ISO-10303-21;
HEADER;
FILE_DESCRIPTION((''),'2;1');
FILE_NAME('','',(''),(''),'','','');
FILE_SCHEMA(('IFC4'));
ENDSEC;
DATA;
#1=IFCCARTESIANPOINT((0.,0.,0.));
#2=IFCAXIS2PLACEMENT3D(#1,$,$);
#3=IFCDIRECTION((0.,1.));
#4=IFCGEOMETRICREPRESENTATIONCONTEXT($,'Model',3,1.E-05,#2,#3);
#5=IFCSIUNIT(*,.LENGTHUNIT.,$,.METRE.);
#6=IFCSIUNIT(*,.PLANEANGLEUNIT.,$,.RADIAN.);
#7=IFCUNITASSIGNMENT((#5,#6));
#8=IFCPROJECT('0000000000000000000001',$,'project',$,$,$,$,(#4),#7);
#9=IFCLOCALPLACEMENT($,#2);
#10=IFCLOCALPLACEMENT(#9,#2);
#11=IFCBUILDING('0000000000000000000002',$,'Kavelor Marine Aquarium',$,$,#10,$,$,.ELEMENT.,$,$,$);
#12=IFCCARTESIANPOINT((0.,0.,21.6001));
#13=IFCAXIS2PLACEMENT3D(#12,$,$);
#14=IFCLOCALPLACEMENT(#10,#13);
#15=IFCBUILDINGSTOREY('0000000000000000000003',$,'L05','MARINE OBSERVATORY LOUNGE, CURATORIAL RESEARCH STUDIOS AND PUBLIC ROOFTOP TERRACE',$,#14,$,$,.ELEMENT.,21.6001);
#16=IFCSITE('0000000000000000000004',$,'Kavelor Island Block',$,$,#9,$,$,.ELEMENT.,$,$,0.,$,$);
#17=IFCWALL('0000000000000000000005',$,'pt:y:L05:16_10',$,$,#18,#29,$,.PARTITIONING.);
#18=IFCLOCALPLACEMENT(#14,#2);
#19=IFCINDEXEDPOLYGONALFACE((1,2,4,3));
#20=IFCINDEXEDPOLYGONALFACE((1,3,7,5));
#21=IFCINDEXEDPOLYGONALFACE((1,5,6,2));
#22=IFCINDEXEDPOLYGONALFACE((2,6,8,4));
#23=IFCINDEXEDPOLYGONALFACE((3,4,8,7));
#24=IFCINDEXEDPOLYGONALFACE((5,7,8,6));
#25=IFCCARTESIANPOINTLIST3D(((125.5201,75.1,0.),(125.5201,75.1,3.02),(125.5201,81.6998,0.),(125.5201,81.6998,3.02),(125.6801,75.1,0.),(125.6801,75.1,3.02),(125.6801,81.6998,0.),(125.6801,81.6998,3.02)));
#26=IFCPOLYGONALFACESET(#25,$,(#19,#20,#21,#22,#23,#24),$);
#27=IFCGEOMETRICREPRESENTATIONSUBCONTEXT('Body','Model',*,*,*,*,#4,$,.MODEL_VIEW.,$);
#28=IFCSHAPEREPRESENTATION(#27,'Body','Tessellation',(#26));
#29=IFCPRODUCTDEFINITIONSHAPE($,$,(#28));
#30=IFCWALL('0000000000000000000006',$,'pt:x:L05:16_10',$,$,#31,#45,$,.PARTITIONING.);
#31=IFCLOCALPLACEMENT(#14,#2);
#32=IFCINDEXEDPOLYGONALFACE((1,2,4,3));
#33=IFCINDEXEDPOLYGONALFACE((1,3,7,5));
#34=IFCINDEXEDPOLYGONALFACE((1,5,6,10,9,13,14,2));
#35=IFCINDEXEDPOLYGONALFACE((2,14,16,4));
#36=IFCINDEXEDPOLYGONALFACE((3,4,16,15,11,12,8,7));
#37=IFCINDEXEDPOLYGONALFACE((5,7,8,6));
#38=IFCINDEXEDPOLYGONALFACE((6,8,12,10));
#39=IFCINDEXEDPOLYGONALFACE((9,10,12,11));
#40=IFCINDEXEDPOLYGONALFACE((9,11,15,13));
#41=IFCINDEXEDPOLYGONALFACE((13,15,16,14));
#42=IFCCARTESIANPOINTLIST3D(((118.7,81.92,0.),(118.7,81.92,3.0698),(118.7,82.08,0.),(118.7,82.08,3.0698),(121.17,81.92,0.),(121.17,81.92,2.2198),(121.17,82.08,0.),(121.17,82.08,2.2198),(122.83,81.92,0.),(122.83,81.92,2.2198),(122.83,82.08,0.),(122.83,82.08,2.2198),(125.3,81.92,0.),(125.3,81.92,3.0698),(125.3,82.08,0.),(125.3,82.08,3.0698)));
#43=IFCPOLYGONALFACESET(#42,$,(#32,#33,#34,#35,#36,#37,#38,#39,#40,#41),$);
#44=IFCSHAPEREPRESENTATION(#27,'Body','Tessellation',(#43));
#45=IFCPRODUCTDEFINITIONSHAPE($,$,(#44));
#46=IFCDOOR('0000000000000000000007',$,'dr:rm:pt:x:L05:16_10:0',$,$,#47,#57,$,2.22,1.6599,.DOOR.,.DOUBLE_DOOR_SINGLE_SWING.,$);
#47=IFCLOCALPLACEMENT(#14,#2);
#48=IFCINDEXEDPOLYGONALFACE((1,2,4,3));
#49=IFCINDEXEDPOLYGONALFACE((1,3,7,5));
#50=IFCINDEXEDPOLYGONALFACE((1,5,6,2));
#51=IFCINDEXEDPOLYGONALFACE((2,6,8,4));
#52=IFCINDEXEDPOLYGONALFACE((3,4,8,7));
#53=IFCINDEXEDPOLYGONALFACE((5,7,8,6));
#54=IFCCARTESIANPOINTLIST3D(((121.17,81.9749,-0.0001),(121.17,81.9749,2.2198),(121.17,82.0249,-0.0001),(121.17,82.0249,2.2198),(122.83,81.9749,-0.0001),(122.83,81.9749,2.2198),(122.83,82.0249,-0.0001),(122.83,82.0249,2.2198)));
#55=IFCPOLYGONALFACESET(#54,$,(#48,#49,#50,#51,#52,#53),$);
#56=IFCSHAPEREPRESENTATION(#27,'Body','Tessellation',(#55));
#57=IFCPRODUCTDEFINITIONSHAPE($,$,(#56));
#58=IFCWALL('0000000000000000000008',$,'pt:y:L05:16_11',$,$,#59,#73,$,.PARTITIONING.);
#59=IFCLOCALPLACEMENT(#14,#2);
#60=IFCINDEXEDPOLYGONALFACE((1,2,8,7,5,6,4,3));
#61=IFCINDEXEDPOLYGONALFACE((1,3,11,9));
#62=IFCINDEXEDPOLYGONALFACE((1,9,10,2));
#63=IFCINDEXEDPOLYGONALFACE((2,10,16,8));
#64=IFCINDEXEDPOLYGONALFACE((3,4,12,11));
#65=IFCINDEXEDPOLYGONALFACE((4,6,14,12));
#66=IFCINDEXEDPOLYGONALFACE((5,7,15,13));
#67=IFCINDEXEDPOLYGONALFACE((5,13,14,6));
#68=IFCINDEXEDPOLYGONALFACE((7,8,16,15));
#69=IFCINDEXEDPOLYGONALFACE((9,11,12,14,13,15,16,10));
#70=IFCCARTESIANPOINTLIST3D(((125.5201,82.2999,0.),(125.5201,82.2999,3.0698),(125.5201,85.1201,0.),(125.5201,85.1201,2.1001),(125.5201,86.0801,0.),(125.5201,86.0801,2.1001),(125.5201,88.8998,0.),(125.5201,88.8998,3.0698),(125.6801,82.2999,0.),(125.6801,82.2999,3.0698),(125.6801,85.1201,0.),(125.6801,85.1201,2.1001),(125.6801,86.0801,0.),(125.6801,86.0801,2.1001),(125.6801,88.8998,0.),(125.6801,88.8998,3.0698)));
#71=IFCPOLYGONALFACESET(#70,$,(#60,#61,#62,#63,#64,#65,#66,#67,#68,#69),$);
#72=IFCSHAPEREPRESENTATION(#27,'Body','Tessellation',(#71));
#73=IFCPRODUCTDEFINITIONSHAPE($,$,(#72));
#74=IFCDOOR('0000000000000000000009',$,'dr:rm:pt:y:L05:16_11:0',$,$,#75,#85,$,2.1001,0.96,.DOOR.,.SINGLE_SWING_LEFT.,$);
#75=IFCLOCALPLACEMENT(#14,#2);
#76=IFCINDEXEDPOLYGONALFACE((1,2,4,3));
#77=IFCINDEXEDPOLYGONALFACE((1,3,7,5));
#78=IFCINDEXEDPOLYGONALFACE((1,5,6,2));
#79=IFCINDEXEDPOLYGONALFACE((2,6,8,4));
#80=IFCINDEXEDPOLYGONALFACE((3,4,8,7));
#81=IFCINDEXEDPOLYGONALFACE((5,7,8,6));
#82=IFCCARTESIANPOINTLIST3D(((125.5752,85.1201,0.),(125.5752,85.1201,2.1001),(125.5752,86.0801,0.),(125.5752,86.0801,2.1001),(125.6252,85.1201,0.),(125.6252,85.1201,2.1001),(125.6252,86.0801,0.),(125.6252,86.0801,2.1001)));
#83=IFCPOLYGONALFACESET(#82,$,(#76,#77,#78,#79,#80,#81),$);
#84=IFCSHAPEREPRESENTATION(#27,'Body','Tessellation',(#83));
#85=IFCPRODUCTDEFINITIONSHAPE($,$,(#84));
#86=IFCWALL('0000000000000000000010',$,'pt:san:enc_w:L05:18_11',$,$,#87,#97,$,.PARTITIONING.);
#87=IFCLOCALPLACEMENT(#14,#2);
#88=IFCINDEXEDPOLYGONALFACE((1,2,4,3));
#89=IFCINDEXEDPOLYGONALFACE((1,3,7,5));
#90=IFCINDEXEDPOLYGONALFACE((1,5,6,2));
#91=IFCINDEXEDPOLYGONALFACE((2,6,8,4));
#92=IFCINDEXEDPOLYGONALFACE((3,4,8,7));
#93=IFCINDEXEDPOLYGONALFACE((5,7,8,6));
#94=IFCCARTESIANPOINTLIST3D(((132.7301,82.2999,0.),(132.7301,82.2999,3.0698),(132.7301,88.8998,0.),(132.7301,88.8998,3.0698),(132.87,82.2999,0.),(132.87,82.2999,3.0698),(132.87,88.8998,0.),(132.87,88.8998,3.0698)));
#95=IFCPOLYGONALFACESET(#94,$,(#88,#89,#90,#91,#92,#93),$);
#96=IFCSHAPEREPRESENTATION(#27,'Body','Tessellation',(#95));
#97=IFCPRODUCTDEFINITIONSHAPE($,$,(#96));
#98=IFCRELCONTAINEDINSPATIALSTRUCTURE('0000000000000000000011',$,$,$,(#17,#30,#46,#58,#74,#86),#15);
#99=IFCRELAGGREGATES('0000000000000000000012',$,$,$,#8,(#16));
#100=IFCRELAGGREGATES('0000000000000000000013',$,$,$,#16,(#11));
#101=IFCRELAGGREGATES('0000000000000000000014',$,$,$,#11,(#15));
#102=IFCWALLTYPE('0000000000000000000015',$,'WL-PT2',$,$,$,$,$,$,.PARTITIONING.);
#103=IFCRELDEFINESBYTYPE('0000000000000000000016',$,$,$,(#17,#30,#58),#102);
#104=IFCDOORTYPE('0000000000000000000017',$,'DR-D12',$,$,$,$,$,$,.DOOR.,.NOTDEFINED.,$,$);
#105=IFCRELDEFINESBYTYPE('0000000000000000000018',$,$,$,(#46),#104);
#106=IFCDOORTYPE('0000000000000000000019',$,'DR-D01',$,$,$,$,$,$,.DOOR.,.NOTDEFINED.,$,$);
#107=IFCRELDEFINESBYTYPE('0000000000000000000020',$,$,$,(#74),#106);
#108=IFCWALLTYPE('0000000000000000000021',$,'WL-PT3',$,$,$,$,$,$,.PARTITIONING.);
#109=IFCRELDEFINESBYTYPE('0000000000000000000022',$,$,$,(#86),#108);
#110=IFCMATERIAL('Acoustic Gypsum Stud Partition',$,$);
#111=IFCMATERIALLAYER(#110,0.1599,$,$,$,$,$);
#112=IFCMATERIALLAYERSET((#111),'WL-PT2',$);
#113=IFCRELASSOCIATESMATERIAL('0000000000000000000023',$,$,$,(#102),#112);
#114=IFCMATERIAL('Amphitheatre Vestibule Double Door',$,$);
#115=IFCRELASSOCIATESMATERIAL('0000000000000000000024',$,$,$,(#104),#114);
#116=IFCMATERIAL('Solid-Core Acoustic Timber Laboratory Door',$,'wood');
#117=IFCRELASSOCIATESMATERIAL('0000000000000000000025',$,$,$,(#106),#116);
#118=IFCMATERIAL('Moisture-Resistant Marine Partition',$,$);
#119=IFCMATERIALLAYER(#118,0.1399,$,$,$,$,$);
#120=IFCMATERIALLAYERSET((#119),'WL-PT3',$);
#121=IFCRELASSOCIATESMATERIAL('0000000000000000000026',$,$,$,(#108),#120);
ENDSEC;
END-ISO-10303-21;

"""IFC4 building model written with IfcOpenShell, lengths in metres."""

from ifc_helpers import new_model, si_unit, direction, frame, frame_2d, origin, place, context, subcontext, project, spatial, rectangle, extrude, material, layer, layer_set, type_object, element, fill, save


model = new_model("IFC4")

# Units and contexts
model_context = context("Model", 3, precision=1e-05, world=origin(), true_north=direction((0.0, 1.0)))
body_context = subcontext(model_context, "Body", "Model", "MODEL_VIEW")
ifc_project = project(units=[si_unit("LENGTHUNIT", "METRE"), si_unit("PLANEANGLEUNIT", "RADIAN")], contexts=[model_context])

# Site, building, storey
site_placement = place(None, origin())
site = spatial("IfcSite", under=ifc_project, at=site_placement, Name="Kavelor Island Block", CompositionType="ELEMENT", RefElevation=0.0)
building_placement = place(site_placement, origin())
building = spatial("IfcBuilding", under=site, at=building_placement, Name="Kavelor Marine Aquarium", CompositionType="ELEMENT")
storey_placement = place(building_placement, frame((0.0, 0.0, 21.6001)))
storey = spatial("IfcBuildingStorey", under=building, at=storey_placement, Name="L05", Description="MARINE OBSERVATORY LOUNGE, CURATORIAL RESEARCH STUDIOS AND PUBLIC ROOFTOP TERRACE", CompositionType="ELEMENT", Elevation=21.6001)

# Wall
ifc_material_1 = material(Name="Acoustic Gypsum Stud Partition")
ifc_layer_1 = layer(ifc_material_1, 0.1599)
ifc_layer_set_1 = layer_set([ifc_layer_1], Name="WL-PT2")
wall_type_1 = type_object("IfcWallType", Name="WL-PT2", PredefinedType="PARTITIONING", material=ifc_layer_set_1)
wall_1_placement = place(storey_placement, frame((125.6001, 75.1001, 0.0), z_axis=(0.0, 0.0, 1.0), x_axis=(0.0, 1.0, 0.0)))
element("IfcWall", 1, at=wall_1_placement, inside=storey, type_object=wall_type_1, Name="pt:y:L05:16_10", PredefinedType="PARTITIONING", context=body_context, shape_type="SweptSolid", body=[
    extrude(rectangle(XDim=6.5999, YDim=0.1599, at=frame_2d((3.2998, 0.0))), origin(), (0.0, 0.0, 1.0), 3.02),
])

# Walls, openings, doors
wall_2_placement = place(storey_placement, frame((118.7, 82.0, 0.0), z_axis=(0.0, 0.0, 1.0), x_axis=(1.0, 0.0, 0.0)))
wall_2 = element("IfcWall", 2, at=wall_2_placement, inside=storey, type_object=wall_type_1, Name="pt:x:L05:16_10", PredefinedType="PARTITIONING", context=body_context, shape_type="SweptSolid", body=[
    extrude(rectangle(XDim=6.6001, YDim=0.1599, at=frame_2d((3.3, 0.0))), origin(), (0.0, 0.0, 1.0), 3.0698),
])
opening_1_placement = place(wall_2_placement, frame((2.47, 0.0, 0.0)))
opening_1 = element("IfcOpeningElement", 3, at=opening_1_placement, cuts=wall_2, PredefinedType="OPENING", context=body_context, shape_type="SweptSolid", body=[
    extrude(rectangle(XDim=1.6599, YDim=2.22, at=frame_2d((0.8301, 1.1099))), frame((0.0, 0.0898, 0.0), z_axis=(0.0, -1.0, 0.0), x_axis=(1.0, 0.0, 0.0)), (0.0, 0.0, 1.0), 0.1799),
])
ifc_material_2 = material(Name="Amphitheatre Vestibule Double Door")
door_type_1 = type_object("IfcDoorType", Name="DR-D12", OperationType="NOTDEFINED", PredefinedType="DOOR", material=ifc_material_2)
door_1_placement = place(opening_1_placement, origin())
door_1 = element("IfcDoor", 4, at=door_1_placement, inside=storey, type_object=door_type_1, Name="dr:rm:pt:x:L05:16_10:0", OperationType="DOUBLE_DOOR_SINGLE_SWING", OverallHeight=2.22, OverallWidth=1.6599, PredefinedType="DOOR", context=body_context, shape_type="SweptSolid", body=[
    extrude(rectangle(XDim=1.6599, YDim=2.22, at=frame_2d((0.8301, 1.1099))), frame((0.0, 0.0249, 0.0), z_axis=(0.0, -1.0, 0.0), x_axis=(1.0, 0.0, 0.0)), (0.0, 0.0, 1.0), 0.05),
])
fill(opening_1, door_1)
wall_3_placement = place(storey_placement, frame((125.6001, 82.3, 0.0), z_axis=(0.0, 0.0, 1.0), x_axis=(0.0, 1.0, 0.0)))
wall_3 = element("IfcWall", 5, at=wall_3_placement, inside=storey, type_object=wall_type_1, Name="pt:y:L05:16_11", PredefinedType="PARTITIONING", context=body_context, shape_type="SweptSolid", body=[
    extrude(rectangle(XDim=6.5999, YDim=0.1599, at=frame_2d((3.2998, 0.0))), origin(), (0.0, 0.0, 1.0), 3.0698),
])
opening_2_placement = place(wall_3_placement, frame((2.8201, 0.0, 0.0)))
opening_2 = element("IfcOpeningElement", 6, at=opening_2_placement, cuts=wall_3, PredefinedType="OPENING", context=body_context, shape_type="SweptSolid", body=[
    extrude(rectangle(XDim=0.96, YDim=2.1001, at=frame_2d((0.48, 1.05))), frame((0.0, 0.0898, 0.0), z_axis=(0.0, -1.0, 0.0), x_axis=(1.0, 0.0, 0.0)), (0.0, 0.0, 1.0), 0.1799),
])
ifc_material_3 = material(Name="Solid-Core Acoustic Timber Laboratory Door", Category="wood")
door_type_2 = type_object("IfcDoorType", Name="DR-D01", OperationType="NOTDEFINED", PredefinedType="DOOR", material=ifc_material_3)
door_2_placement = place(opening_2_placement, origin())
door_2 = element("IfcDoor", 7, at=door_2_placement, inside=storey, type_object=door_type_2, Name="dr:rm:pt:y:L05:16_11:0", OperationType="SINGLE_SWING_LEFT", OverallHeight=2.1001, OverallWidth=0.96, PredefinedType="DOOR", context=body_context, shape_type="SweptSolid", body=[
    extrude(rectangle(XDim=0.96, YDim=2.1001, at=frame_2d((0.48, 1.05))), frame((0.0, 0.0249, 0.0), z_axis=(0.0, -1.0, 0.0), x_axis=(1.0, 0.0, 0.0)), (0.0, 0.0, 1.0), 0.05),
])
fill(opening_2, door_2)

# Wall
ifc_material_4 = material(Name="Moisture-Resistant Marine Partition")
ifc_layer_2 = layer(ifc_material_4, 0.1399)
ifc_layer_set_2 = layer_set([ifc_layer_2], Name="WL-PT3")
wall_type_2 = type_object("IfcWallType", Name="WL-PT3", PredefinedType="PARTITIONING", material=ifc_layer_set_2)
wall_4_placement = place(storey_placement, frame((132.8, 82.3, 0.0), z_axis=(0.0, 0.0, 1.0), x_axis=(0.0, 1.0, 0.0)))
element("IfcWall", 8, at=wall_4_placement, inside=storey, type_object=wall_type_2, Name="pt:san:enc_w:L05:18_11", PredefinedType="PARTITIONING", context=body_context, shape_type="SweptSolid", body=[
    extrude(rectangle(XDim=6.5999, YDim=0.1399, at=frame_2d((3.2998, 0.0))), origin(), (0.0, 0.0, 1.0), 3.0698),
])

save(model, "model.ifc")
